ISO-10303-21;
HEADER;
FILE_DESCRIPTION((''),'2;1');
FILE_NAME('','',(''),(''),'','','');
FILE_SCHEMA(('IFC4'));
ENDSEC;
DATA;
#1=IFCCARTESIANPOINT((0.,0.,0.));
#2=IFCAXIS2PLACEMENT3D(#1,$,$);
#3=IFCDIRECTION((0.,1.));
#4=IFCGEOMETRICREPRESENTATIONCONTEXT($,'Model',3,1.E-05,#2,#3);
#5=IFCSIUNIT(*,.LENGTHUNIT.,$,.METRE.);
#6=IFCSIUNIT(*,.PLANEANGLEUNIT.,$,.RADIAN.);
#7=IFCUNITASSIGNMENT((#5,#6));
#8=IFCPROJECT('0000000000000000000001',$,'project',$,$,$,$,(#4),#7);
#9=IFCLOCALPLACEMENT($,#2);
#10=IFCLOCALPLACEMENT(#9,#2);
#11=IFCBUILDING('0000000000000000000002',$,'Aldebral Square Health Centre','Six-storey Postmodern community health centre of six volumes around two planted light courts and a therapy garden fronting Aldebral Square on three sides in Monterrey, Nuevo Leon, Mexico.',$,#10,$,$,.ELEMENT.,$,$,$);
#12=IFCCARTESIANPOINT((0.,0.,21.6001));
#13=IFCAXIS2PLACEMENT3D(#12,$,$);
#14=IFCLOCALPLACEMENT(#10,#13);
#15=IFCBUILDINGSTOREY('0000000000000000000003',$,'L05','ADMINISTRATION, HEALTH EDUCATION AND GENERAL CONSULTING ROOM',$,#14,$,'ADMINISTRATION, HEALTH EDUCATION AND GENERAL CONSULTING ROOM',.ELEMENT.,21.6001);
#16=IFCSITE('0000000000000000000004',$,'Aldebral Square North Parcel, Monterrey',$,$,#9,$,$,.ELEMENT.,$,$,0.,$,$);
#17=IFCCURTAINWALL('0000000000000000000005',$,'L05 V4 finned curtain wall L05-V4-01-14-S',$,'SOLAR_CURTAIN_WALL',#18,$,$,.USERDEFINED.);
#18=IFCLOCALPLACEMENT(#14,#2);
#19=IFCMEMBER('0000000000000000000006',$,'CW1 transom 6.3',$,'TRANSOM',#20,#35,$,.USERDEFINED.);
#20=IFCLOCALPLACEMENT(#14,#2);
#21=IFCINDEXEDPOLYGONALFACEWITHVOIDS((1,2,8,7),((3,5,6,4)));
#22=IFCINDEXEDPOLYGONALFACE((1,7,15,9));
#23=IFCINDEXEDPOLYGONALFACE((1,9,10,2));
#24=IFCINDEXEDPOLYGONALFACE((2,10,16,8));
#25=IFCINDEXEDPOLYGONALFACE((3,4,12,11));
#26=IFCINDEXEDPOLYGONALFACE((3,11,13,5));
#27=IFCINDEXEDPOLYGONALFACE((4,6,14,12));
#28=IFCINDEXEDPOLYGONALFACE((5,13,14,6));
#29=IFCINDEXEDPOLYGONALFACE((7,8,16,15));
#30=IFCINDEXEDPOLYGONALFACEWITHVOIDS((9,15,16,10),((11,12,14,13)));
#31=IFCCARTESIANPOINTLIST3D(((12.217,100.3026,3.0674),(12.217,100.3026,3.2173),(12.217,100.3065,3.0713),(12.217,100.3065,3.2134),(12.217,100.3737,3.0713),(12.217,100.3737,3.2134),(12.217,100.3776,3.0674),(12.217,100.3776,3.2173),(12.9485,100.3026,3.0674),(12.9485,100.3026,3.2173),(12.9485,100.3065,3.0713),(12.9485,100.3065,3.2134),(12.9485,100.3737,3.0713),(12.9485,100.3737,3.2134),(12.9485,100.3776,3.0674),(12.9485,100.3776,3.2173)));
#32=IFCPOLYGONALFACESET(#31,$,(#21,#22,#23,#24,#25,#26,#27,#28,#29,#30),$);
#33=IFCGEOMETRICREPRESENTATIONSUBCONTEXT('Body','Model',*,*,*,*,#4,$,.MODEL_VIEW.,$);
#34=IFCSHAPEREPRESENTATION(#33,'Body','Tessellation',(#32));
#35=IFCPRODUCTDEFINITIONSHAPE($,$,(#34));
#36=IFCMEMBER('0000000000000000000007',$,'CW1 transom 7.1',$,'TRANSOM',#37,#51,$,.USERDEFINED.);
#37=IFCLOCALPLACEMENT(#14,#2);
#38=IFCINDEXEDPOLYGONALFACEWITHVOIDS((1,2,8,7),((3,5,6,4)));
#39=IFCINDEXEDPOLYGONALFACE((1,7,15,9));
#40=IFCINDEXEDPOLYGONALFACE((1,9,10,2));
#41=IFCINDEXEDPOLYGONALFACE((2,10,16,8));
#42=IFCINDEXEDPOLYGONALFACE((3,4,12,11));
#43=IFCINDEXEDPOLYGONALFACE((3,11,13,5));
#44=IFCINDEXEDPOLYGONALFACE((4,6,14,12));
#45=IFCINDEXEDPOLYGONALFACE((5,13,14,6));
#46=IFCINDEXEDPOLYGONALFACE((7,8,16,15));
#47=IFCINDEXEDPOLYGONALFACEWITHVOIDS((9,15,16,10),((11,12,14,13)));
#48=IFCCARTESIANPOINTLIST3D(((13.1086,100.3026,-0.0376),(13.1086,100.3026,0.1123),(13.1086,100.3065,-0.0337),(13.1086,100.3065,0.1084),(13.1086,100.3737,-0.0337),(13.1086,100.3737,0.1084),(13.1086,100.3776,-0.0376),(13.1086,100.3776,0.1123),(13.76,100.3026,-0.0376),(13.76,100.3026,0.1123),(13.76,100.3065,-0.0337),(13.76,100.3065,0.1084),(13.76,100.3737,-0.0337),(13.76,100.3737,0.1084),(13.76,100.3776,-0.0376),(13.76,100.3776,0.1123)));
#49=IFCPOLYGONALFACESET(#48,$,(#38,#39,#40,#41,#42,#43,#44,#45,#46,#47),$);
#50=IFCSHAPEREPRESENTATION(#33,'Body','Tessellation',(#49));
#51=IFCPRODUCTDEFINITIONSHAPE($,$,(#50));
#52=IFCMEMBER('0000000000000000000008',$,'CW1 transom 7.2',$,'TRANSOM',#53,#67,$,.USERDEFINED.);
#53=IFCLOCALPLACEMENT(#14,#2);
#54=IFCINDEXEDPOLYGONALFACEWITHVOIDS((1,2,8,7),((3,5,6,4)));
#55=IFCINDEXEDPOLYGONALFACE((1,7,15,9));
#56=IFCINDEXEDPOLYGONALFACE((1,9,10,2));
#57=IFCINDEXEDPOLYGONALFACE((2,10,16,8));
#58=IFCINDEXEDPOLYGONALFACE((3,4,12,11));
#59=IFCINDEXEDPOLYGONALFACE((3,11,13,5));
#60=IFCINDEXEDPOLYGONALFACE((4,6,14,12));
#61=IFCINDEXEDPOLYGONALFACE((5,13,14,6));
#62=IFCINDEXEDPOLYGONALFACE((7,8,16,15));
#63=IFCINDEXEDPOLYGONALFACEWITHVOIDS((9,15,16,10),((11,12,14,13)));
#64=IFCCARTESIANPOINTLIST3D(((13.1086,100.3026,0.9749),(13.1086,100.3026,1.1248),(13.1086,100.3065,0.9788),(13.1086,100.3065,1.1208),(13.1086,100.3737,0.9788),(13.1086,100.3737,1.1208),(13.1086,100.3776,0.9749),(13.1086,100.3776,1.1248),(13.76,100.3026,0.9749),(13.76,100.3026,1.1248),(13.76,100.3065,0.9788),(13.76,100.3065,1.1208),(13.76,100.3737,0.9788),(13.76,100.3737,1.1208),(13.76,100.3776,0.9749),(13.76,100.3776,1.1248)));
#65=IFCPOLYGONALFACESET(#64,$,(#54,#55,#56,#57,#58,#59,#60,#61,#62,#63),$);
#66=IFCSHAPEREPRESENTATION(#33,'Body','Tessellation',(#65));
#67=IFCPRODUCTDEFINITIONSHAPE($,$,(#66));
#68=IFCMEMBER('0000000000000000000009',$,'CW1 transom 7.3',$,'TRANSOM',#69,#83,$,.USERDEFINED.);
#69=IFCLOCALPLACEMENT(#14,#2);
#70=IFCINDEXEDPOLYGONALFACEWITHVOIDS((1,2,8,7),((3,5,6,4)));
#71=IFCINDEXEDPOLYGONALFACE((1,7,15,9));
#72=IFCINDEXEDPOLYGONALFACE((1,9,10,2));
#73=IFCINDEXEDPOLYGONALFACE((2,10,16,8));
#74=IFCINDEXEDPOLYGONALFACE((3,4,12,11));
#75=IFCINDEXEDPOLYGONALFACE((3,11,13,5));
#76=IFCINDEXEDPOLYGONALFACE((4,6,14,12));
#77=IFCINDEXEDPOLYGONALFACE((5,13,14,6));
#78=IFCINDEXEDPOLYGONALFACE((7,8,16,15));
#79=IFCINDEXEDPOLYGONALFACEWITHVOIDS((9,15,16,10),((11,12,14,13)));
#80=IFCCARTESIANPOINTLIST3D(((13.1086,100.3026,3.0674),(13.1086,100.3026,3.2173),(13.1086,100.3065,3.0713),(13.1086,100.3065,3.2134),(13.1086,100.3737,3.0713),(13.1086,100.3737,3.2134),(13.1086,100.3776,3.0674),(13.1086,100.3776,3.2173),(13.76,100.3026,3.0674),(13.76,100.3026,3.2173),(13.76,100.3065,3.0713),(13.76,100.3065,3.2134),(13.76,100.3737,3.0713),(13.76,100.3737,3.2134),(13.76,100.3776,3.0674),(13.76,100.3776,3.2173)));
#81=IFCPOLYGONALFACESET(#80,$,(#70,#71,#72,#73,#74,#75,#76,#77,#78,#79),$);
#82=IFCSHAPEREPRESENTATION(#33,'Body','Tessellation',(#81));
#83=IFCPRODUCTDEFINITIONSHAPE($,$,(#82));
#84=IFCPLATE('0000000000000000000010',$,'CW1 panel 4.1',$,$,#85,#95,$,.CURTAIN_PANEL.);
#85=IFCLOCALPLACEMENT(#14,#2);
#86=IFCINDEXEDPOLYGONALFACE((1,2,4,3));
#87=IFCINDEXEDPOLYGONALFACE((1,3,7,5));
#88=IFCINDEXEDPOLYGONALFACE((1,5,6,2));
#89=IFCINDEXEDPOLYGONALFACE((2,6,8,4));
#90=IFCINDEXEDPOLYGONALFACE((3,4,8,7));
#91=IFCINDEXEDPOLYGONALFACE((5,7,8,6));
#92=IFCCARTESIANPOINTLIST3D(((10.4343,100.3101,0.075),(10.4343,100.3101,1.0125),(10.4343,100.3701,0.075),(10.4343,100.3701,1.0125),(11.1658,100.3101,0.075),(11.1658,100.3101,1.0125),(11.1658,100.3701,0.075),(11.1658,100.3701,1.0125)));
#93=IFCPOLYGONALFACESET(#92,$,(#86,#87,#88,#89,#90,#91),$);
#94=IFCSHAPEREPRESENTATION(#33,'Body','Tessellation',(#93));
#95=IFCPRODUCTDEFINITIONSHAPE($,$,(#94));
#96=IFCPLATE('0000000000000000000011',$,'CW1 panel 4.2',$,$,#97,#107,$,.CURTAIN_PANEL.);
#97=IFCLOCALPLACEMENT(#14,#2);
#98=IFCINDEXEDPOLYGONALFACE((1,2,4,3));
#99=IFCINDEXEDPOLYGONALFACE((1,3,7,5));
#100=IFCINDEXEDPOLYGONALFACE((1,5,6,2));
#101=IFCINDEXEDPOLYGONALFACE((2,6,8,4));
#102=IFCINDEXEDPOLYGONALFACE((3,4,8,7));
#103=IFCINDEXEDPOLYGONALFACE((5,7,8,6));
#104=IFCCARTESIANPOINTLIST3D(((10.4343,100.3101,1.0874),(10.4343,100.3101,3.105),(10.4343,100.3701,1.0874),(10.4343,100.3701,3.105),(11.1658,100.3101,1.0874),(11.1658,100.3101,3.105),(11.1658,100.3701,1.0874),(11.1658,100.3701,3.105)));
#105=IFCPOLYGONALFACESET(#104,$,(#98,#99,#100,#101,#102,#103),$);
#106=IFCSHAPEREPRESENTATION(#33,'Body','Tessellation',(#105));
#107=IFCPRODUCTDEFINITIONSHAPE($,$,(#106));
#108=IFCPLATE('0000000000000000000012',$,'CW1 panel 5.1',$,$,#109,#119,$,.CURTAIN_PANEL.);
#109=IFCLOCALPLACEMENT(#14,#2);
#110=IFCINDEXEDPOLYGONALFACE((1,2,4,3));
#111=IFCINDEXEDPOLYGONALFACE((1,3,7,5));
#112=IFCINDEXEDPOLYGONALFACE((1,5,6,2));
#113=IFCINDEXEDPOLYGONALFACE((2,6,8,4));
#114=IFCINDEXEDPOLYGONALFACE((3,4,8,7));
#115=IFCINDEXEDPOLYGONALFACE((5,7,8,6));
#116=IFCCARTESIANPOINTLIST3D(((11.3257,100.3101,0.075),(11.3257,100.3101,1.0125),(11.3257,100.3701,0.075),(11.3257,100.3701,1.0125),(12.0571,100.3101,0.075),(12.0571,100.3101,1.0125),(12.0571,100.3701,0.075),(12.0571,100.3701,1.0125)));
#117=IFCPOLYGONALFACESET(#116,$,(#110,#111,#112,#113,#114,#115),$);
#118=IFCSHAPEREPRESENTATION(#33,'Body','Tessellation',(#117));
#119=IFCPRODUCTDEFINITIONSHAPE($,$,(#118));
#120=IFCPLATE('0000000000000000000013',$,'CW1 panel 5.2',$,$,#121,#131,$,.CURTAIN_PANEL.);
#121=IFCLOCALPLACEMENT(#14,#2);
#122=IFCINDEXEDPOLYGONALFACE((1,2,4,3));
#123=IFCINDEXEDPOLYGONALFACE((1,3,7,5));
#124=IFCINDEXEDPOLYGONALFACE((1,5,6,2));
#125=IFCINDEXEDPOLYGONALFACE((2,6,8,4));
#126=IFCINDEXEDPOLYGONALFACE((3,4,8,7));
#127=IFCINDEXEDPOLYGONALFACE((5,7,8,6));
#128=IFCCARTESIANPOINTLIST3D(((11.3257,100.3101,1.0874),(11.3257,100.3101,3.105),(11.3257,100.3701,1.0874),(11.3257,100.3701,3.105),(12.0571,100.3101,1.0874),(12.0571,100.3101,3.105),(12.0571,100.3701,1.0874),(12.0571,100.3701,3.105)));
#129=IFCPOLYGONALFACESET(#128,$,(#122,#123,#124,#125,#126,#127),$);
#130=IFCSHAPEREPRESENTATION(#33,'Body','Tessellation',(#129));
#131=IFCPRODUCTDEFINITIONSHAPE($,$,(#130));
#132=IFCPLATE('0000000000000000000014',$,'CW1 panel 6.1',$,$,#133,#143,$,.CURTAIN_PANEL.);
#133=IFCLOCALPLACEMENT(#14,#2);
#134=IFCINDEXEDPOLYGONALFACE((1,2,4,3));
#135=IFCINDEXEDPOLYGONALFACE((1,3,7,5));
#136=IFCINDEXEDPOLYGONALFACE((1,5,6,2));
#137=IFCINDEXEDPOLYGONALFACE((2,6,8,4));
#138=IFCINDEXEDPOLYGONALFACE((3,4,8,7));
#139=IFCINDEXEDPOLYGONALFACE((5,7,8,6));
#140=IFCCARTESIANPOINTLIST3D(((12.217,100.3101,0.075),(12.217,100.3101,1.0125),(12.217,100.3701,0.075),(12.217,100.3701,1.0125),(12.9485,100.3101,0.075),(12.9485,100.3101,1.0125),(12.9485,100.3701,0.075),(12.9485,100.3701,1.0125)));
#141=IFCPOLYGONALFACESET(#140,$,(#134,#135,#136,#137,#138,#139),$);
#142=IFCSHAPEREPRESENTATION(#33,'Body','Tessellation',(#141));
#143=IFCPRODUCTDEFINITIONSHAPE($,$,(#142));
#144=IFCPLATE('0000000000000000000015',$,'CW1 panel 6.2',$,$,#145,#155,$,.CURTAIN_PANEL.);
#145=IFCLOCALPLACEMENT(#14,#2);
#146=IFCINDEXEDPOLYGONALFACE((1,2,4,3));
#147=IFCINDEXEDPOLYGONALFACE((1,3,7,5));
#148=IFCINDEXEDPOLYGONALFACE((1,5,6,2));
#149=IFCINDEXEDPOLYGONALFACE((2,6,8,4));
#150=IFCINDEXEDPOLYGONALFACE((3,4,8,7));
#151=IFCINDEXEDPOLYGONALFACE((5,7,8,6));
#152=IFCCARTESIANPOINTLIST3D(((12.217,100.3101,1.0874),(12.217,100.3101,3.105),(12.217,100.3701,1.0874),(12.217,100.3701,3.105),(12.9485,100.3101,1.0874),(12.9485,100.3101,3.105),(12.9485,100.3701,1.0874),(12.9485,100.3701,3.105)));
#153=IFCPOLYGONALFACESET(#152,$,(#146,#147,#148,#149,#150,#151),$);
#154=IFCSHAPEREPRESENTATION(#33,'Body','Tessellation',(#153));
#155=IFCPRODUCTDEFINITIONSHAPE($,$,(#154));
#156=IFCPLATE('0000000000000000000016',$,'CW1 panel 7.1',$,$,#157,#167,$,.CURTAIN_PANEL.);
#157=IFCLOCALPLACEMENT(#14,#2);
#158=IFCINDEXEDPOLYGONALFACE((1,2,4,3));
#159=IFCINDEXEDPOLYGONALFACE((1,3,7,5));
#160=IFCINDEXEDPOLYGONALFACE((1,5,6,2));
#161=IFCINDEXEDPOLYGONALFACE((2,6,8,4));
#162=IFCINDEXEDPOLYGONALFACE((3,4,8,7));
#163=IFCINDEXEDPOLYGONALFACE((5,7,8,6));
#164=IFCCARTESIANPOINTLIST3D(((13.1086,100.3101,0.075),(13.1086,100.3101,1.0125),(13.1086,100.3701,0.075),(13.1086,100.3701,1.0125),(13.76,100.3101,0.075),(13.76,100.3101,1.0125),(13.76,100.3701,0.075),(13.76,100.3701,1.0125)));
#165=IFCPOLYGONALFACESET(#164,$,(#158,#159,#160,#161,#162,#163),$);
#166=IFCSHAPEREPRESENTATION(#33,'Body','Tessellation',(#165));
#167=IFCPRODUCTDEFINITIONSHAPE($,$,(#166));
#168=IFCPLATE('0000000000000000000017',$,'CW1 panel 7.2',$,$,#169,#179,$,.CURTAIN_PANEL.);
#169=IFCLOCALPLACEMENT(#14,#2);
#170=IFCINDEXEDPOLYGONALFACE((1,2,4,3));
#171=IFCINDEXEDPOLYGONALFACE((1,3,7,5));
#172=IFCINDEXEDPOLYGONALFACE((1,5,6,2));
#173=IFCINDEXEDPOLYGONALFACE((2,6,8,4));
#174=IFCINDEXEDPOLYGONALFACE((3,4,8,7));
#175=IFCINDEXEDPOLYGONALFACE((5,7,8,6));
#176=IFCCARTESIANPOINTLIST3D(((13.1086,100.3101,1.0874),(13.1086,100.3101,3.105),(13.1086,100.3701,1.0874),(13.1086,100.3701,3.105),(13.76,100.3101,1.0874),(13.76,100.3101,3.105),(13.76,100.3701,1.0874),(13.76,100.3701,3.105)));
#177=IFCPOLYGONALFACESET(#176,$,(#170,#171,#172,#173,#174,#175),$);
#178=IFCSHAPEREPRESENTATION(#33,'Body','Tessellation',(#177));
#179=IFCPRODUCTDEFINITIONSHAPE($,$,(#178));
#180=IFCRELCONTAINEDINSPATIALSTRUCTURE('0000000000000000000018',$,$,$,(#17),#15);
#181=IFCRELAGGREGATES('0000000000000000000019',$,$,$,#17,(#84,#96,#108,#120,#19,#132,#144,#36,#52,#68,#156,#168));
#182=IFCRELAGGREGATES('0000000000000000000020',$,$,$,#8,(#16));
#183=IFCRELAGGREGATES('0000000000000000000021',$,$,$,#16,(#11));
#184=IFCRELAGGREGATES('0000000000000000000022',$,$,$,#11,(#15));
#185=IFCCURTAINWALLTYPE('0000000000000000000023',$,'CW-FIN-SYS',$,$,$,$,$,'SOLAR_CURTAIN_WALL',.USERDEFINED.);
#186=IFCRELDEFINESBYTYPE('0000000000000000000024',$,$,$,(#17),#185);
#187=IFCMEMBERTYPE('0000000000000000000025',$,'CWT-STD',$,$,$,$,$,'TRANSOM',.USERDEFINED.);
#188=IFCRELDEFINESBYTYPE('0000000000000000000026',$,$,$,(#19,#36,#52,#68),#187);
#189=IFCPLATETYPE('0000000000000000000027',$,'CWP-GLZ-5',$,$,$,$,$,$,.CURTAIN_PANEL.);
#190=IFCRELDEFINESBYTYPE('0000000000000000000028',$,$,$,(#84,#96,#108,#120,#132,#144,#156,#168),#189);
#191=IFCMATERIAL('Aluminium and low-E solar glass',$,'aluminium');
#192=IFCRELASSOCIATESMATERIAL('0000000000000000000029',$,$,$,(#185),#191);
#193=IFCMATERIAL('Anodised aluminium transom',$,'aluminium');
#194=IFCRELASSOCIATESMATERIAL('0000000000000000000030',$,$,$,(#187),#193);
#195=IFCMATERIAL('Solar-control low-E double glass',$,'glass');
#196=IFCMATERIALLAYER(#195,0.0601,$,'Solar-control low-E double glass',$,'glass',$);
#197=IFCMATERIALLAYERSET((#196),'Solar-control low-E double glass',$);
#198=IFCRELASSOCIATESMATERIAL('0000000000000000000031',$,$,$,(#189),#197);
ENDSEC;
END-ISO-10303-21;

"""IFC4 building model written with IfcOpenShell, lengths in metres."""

from ifc_helpers import new_model, si_unit, direction, frame, origin, origin_2d, place, context, subcontext, project, spatial, rectangle, hollow_rectangle, extrude, material, layer, layer_set, material_profile, profile_set, type_object, element, aggregate, save


model = new_model("IFC4")

# Units and contexts
model_context = context("Model", 3, precision=1e-05, world=origin(), true_north=direction((0.0, 1.0)))
body_context = subcontext(model_context, "Body", "Model", "MODEL_VIEW")
ifc_project = project(units=[si_unit("LENGTHUNIT", "METRE"), si_unit("PLANEANGLEUNIT", "RADIAN")], contexts=[model_context])

# Site, building, storey
site_placement = place(None, origin())
site = spatial("IfcSite", under=ifc_project, at=site_placement, Name="Aldebral Square North Parcel, Monterrey", CompositionType="ELEMENT", RefElevation=0.0)
building_placement = place(site_placement, origin())
building = spatial("IfcBuilding", under=site, at=building_placement, Name="Aldebral Square Health Centre", Description="Six-storey Postmodern community health centre of six volumes around two planted light courts and a therapy garden fronting Aldebral Square on three sides in Monterrey, Nuevo Leon, Mexico.", CompositionType="ELEMENT")
storey_placement = place(building_placement, frame((0.0, 0.0, 21.6001)))
storey = spatial("IfcBuildingStorey", under=building, at=storey_placement, Name="L05", Description="ADMINISTRATION, HEALTH EDUCATION AND GENERAL CONSULTING ROOM", LongName="ADMINISTRATION, HEALTH EDUCATION AND GENERAL CONSULTING ROOM", CompositionType="ELEMENT", Elevation=21.6001)

# Curtain wall, members, plates
ifc_material_1 = material(Name="Aluminium and low-E solar glass", Category="aluminium")
curtain_wall_type = type_object("IfcCurtainWallType", Name="CW-FIN-SYS", ElementType="SOLAR_CURTAIN_WALL", PredefinedType="USERDEFINED", material=ifc_material_1)
curtain_wall_placement = place(storey_placement, origin())
curtain_wall = element("IfcCurtainWall", 1, at=curtain_wall_placement, inside=storey, type_object=curtain_wall_type, Name="L05 V4 finned curtain wall L05-V4-01-14-S", ObjectType="SOLAR_CURTAIN_WALL", PredefinedType="USERDEFINED")
ifc_material_2 = material(Name="Anodised aluminium transom", Category="aluminium")
ifc_material_profile_1 = material_profile(ifc_material_2, hollow_rectangle(XDim=0.075, YDim=0.1499, WallThickness=0.0039, at=origin_2d()), Name="CWT 75x150x4")
ifc_profile_set_1 = profile_set([ifc_material_profile_1], Name="Anodised aluminium transom")
member_type_1 = type_object("IfcMemberType", Name="CWT-STD", ElementType="TRANSOM", PredefinedType="USERDEFINED", material=ifc_profile_set_1)
member_1_placement = place(storey_placement, frame((12.217, 100.3401, 3.1423), z_axis=(1.0, 0.0, 0.0), x_axis=(0.0, 1.0, 0.0)))
member_1 = element("IfcMember", 2, at=member_1_placement, type_object=member_type_1, Name="CW1 transom 6.3", ObjectType="TRANSOM", PredefinedType="USERDEFINED", context=body_context, shape_type="SweptSolid", body=[
    extrude(hollow_rectangle(XDim=0.075, YDim=0.1499, WallThickness=0.0039, at=origin_2d()), origin(), (0.0, 0.0, 1.0), 0.7314),
])
member_2_placement = place(storey_placement, frame((13.1086, 100.3401, 0.0374), z_axis=(1.0, 0.0, 0.0), x_axis=(0.0, 1.0, 0.0)))
member_2 = element("IfcMember", 3, at=member_2_placement, type_object=member_type_1, Name="CW1 transom 7.1", ObjectType="TRANSOM", PredefinedType="USERDEFINED", context=body_context, shape_type="SweptSolid", body=[
    extrude(hollow_rectangle(XDim=0.075, YDim=0.1499, WallThickness=0.0039, at=origin_2d()), origin(), (0.0, 0.0, 1.0), 0.6514),
])
member_3_placement = place(storey_placement, frame((13.1086, 100.3401, 1.0498), z_axis=(1.0, 0.0, 0.0), x_axis=(0.0, 1.0, 0.0)))
member_3 = element("IfcMember", 4, at=member_3_placement, type_object=member_type_1, Name="CW1 transom 7.2", ObjectType="TRANSOM", PredefinedType="USERDEFINED", context=body_context, shape_type="SweptSolid", body=[
    extrude(hollow_rectangle(XDim=0.075, YDim=0.1499, WallThickness=0.0039, at=origin_2d()), origin(), (0.0, 0.0, 1.0), 0.6514),
])
member_4_placement = place(storey_placement, frame((13.1086, 100.3401, 3.1423), z_axis=(1.0, 0.0, 0.0), x_axis=(0.0, 1.0, 0.0)))
member_4 = element("IfcMember", 5, at=member_4_placement, type_object=member_type_1, Name="CW1 transom 7.3", ObjectType="TRANSOM", PredefinedType="USERDEFINED", context=body_context, shape_type="SweptSolid", body=[
    extrude(hollow_rectangle(XDim=0.075, YDim=0.1499, WallThickness=0.0039, at=origin_2d()), origin(), (0.0, 0.0, 1.0), 0.6514),
])
ifc_material_3 = material(Name="Solar-control low-E double glass", Category="glass")
ifc_layer = layer(ifc_material_3, 0.0601, Name="Solar-control low-E double glass", Category="glass")
ifc_layer_set = layer_set([ifc_layer], Name="Solar-control low-E double glass")
plate_type = type_object("IfcPlateType", Name="CWP-GLZ-5", PredefinedType="CURTAIN_PANEL", material=ifc_layer_set)
plate_1_placement = place(storey_placement, frame((10.8, 100.3401, 0.075), z_axis=(0.0, 0.0, 1.0), x_axis=(1.0, 0.0, 0.0)))
plate_1 = element("IfcPlate", 6, at=plate_1_placement, type_object=plate_type, Name="CW1 panel 4.1", PredefinedType="CURTAIN_PANEL", context=body_context, shape_type="SweptSolid", body=[
    extrude(rectangle(XDim=0.7314, YDim=0.0601, at=origin_2d()), origin(), (0.0, 0.0, 1.0), 0.9375),
])
plate_2_placement = place(storey_placement, frame((10.8, 100.3401, 1.0874), z_axis=(0.0, 0.0, 1.0), x_axis=(1.0, 0.0, 0.0)))
plate_2 = element("IfcPlate", 7, at=plate_2_placement, type_object=plate_type, Name="CW1 panel 4.2", PredefinedType="CURTAIN_PANEL", context=body_context, shape_type="SweptSolid", body=[
    extrude(rectangle(XDim=0.7314, YDim=0.0601, at=origin_2d()), origin(), (0.0, 0.0, 1.0), 2.0176),
])
plate_3_placement = place(storey_placement, frame((11.6914, 100.3401, 0.075), z_axis=(0.0, 0.0, 1.0), x_axis=(1.0, 0.0, 0.0)))
plate_3 = element("IfcPlate", 8, at=plate_3_placement, type_object=plate_type, Name="CW1 panel 5.1", PredefinedType="CURTAIN_PANEL", context=body_context, shape_type="SweptSolid", body=[
    extrude(rectangle(XDim=0.7314, YDim=0.0601, at=origin_2d()), origin(), (0.0, 0.0, 1.0), 0.9375),
])
plate_4_placement = place(storey_placement, frame((11.6914, 100.3401, 1.0874), z_axis=(0.0, 0.0, 1.0), x_axis=(1.0, 0.0, 0.0)))
plate_4 = element("IfcPlate", 9, at=plate_4_placement, type_object=plate_type, Name="CW1 panel 5.2", PredefinedType="CURTAIN_PANEL", context=body_context, shape_type="SweptSolid", body=[
    extrude(rectangle(XDim=0.7314, YDim=0.0601, at=origin_2d()), origin(), (0.0, 0.0, 1.0), 2.0176),
])
plate_5_placement = place(storey_placement, frame((12.5828, 100.3401, 0.075), z_axis=(0.0, 0.0, 1.0), x_axis=(1.0, 0.0, 0.0)))
plate_5 = element("IfcPlate", 10, at=plate_5_placement, type_object=plate_type, Name="CW1 panel 6.1", PredefinedType="CURTAIN_PANEL", context=body_context, shape_type="SweptSolid", body=[
    extrude(rectangle(XDim=0.7314, YDim=0.0601, at=origin_2d()), origin(), (0.0, 0.0, 1.0), 0.9375),
])
plate_6_placement = place(storey_placement, frame((12.5828, 100.3401, 1.0874), z_axis=(0.0, 0.0, 1.0), x_axis=(1.0, 0.0, 0.0)))
plate_6 = element("IfcPlate", 11, at=plate_6_placement, type_object=plate_type, Name="CW1 panel 6.2", PredefinedType="CURTAIN_PANEL", context=body_context, shape_type="SweptSolid", body=[
    extrude(rectangle(XDim=0.7314, YDim=0.0601, at=origin_2d()), origin(), (0.0, 0.0, 1.0), 2.0176),
])
plate_7_placement = place(storey_placement, frame((13.4343, 100.3401, 0.075), z_axis=(0.0, 0.0, 1.0), x_axis=(1.0, 0.0, 0.0)))
plate_7 = element("IfcPlate", 12, at=plate_7_placement, type_object=plate_type, Name="CW1 panel 7.1", PredefinedType="CURTAIN_PANEL", context=body_context, shape_type="SweptSolid", body=[
    extrude(rectangle(XDim=0.6514, YDim=0.0601, at=origin_2d()), origin(), (0.0, 0.0, 1.0), 0.9375),
])
plate_8_placement = place(storey_placement, frame((13.4343, 100.3401, 1.0874), z_axis=(0.0, 0.0, 1.0), x_axis=(1.0, 0.0, 0.0)))
plate_8 = element("IfcPlate", 13, at=plate_8_placement, type_object=plate_type, Name="CW1 panel 7.2", PredefinedType="CURTAIN_PANEL", context=body_context, shape_type="SweptSolid", body=[
    extrude(rectangle(XDim=0.6514, YDim=0.0601, at=origin_2d()), origin(), (0.0, 0.0, 1.0), 2.0176),
])
aggregate(curtain_wall, [plate_1, plate_2, plate_3, plate_4, member_1, plate_5, plate_6, member_2, member_3, member_4, plate_7, plate_8])

save(model, "model.ifc")
